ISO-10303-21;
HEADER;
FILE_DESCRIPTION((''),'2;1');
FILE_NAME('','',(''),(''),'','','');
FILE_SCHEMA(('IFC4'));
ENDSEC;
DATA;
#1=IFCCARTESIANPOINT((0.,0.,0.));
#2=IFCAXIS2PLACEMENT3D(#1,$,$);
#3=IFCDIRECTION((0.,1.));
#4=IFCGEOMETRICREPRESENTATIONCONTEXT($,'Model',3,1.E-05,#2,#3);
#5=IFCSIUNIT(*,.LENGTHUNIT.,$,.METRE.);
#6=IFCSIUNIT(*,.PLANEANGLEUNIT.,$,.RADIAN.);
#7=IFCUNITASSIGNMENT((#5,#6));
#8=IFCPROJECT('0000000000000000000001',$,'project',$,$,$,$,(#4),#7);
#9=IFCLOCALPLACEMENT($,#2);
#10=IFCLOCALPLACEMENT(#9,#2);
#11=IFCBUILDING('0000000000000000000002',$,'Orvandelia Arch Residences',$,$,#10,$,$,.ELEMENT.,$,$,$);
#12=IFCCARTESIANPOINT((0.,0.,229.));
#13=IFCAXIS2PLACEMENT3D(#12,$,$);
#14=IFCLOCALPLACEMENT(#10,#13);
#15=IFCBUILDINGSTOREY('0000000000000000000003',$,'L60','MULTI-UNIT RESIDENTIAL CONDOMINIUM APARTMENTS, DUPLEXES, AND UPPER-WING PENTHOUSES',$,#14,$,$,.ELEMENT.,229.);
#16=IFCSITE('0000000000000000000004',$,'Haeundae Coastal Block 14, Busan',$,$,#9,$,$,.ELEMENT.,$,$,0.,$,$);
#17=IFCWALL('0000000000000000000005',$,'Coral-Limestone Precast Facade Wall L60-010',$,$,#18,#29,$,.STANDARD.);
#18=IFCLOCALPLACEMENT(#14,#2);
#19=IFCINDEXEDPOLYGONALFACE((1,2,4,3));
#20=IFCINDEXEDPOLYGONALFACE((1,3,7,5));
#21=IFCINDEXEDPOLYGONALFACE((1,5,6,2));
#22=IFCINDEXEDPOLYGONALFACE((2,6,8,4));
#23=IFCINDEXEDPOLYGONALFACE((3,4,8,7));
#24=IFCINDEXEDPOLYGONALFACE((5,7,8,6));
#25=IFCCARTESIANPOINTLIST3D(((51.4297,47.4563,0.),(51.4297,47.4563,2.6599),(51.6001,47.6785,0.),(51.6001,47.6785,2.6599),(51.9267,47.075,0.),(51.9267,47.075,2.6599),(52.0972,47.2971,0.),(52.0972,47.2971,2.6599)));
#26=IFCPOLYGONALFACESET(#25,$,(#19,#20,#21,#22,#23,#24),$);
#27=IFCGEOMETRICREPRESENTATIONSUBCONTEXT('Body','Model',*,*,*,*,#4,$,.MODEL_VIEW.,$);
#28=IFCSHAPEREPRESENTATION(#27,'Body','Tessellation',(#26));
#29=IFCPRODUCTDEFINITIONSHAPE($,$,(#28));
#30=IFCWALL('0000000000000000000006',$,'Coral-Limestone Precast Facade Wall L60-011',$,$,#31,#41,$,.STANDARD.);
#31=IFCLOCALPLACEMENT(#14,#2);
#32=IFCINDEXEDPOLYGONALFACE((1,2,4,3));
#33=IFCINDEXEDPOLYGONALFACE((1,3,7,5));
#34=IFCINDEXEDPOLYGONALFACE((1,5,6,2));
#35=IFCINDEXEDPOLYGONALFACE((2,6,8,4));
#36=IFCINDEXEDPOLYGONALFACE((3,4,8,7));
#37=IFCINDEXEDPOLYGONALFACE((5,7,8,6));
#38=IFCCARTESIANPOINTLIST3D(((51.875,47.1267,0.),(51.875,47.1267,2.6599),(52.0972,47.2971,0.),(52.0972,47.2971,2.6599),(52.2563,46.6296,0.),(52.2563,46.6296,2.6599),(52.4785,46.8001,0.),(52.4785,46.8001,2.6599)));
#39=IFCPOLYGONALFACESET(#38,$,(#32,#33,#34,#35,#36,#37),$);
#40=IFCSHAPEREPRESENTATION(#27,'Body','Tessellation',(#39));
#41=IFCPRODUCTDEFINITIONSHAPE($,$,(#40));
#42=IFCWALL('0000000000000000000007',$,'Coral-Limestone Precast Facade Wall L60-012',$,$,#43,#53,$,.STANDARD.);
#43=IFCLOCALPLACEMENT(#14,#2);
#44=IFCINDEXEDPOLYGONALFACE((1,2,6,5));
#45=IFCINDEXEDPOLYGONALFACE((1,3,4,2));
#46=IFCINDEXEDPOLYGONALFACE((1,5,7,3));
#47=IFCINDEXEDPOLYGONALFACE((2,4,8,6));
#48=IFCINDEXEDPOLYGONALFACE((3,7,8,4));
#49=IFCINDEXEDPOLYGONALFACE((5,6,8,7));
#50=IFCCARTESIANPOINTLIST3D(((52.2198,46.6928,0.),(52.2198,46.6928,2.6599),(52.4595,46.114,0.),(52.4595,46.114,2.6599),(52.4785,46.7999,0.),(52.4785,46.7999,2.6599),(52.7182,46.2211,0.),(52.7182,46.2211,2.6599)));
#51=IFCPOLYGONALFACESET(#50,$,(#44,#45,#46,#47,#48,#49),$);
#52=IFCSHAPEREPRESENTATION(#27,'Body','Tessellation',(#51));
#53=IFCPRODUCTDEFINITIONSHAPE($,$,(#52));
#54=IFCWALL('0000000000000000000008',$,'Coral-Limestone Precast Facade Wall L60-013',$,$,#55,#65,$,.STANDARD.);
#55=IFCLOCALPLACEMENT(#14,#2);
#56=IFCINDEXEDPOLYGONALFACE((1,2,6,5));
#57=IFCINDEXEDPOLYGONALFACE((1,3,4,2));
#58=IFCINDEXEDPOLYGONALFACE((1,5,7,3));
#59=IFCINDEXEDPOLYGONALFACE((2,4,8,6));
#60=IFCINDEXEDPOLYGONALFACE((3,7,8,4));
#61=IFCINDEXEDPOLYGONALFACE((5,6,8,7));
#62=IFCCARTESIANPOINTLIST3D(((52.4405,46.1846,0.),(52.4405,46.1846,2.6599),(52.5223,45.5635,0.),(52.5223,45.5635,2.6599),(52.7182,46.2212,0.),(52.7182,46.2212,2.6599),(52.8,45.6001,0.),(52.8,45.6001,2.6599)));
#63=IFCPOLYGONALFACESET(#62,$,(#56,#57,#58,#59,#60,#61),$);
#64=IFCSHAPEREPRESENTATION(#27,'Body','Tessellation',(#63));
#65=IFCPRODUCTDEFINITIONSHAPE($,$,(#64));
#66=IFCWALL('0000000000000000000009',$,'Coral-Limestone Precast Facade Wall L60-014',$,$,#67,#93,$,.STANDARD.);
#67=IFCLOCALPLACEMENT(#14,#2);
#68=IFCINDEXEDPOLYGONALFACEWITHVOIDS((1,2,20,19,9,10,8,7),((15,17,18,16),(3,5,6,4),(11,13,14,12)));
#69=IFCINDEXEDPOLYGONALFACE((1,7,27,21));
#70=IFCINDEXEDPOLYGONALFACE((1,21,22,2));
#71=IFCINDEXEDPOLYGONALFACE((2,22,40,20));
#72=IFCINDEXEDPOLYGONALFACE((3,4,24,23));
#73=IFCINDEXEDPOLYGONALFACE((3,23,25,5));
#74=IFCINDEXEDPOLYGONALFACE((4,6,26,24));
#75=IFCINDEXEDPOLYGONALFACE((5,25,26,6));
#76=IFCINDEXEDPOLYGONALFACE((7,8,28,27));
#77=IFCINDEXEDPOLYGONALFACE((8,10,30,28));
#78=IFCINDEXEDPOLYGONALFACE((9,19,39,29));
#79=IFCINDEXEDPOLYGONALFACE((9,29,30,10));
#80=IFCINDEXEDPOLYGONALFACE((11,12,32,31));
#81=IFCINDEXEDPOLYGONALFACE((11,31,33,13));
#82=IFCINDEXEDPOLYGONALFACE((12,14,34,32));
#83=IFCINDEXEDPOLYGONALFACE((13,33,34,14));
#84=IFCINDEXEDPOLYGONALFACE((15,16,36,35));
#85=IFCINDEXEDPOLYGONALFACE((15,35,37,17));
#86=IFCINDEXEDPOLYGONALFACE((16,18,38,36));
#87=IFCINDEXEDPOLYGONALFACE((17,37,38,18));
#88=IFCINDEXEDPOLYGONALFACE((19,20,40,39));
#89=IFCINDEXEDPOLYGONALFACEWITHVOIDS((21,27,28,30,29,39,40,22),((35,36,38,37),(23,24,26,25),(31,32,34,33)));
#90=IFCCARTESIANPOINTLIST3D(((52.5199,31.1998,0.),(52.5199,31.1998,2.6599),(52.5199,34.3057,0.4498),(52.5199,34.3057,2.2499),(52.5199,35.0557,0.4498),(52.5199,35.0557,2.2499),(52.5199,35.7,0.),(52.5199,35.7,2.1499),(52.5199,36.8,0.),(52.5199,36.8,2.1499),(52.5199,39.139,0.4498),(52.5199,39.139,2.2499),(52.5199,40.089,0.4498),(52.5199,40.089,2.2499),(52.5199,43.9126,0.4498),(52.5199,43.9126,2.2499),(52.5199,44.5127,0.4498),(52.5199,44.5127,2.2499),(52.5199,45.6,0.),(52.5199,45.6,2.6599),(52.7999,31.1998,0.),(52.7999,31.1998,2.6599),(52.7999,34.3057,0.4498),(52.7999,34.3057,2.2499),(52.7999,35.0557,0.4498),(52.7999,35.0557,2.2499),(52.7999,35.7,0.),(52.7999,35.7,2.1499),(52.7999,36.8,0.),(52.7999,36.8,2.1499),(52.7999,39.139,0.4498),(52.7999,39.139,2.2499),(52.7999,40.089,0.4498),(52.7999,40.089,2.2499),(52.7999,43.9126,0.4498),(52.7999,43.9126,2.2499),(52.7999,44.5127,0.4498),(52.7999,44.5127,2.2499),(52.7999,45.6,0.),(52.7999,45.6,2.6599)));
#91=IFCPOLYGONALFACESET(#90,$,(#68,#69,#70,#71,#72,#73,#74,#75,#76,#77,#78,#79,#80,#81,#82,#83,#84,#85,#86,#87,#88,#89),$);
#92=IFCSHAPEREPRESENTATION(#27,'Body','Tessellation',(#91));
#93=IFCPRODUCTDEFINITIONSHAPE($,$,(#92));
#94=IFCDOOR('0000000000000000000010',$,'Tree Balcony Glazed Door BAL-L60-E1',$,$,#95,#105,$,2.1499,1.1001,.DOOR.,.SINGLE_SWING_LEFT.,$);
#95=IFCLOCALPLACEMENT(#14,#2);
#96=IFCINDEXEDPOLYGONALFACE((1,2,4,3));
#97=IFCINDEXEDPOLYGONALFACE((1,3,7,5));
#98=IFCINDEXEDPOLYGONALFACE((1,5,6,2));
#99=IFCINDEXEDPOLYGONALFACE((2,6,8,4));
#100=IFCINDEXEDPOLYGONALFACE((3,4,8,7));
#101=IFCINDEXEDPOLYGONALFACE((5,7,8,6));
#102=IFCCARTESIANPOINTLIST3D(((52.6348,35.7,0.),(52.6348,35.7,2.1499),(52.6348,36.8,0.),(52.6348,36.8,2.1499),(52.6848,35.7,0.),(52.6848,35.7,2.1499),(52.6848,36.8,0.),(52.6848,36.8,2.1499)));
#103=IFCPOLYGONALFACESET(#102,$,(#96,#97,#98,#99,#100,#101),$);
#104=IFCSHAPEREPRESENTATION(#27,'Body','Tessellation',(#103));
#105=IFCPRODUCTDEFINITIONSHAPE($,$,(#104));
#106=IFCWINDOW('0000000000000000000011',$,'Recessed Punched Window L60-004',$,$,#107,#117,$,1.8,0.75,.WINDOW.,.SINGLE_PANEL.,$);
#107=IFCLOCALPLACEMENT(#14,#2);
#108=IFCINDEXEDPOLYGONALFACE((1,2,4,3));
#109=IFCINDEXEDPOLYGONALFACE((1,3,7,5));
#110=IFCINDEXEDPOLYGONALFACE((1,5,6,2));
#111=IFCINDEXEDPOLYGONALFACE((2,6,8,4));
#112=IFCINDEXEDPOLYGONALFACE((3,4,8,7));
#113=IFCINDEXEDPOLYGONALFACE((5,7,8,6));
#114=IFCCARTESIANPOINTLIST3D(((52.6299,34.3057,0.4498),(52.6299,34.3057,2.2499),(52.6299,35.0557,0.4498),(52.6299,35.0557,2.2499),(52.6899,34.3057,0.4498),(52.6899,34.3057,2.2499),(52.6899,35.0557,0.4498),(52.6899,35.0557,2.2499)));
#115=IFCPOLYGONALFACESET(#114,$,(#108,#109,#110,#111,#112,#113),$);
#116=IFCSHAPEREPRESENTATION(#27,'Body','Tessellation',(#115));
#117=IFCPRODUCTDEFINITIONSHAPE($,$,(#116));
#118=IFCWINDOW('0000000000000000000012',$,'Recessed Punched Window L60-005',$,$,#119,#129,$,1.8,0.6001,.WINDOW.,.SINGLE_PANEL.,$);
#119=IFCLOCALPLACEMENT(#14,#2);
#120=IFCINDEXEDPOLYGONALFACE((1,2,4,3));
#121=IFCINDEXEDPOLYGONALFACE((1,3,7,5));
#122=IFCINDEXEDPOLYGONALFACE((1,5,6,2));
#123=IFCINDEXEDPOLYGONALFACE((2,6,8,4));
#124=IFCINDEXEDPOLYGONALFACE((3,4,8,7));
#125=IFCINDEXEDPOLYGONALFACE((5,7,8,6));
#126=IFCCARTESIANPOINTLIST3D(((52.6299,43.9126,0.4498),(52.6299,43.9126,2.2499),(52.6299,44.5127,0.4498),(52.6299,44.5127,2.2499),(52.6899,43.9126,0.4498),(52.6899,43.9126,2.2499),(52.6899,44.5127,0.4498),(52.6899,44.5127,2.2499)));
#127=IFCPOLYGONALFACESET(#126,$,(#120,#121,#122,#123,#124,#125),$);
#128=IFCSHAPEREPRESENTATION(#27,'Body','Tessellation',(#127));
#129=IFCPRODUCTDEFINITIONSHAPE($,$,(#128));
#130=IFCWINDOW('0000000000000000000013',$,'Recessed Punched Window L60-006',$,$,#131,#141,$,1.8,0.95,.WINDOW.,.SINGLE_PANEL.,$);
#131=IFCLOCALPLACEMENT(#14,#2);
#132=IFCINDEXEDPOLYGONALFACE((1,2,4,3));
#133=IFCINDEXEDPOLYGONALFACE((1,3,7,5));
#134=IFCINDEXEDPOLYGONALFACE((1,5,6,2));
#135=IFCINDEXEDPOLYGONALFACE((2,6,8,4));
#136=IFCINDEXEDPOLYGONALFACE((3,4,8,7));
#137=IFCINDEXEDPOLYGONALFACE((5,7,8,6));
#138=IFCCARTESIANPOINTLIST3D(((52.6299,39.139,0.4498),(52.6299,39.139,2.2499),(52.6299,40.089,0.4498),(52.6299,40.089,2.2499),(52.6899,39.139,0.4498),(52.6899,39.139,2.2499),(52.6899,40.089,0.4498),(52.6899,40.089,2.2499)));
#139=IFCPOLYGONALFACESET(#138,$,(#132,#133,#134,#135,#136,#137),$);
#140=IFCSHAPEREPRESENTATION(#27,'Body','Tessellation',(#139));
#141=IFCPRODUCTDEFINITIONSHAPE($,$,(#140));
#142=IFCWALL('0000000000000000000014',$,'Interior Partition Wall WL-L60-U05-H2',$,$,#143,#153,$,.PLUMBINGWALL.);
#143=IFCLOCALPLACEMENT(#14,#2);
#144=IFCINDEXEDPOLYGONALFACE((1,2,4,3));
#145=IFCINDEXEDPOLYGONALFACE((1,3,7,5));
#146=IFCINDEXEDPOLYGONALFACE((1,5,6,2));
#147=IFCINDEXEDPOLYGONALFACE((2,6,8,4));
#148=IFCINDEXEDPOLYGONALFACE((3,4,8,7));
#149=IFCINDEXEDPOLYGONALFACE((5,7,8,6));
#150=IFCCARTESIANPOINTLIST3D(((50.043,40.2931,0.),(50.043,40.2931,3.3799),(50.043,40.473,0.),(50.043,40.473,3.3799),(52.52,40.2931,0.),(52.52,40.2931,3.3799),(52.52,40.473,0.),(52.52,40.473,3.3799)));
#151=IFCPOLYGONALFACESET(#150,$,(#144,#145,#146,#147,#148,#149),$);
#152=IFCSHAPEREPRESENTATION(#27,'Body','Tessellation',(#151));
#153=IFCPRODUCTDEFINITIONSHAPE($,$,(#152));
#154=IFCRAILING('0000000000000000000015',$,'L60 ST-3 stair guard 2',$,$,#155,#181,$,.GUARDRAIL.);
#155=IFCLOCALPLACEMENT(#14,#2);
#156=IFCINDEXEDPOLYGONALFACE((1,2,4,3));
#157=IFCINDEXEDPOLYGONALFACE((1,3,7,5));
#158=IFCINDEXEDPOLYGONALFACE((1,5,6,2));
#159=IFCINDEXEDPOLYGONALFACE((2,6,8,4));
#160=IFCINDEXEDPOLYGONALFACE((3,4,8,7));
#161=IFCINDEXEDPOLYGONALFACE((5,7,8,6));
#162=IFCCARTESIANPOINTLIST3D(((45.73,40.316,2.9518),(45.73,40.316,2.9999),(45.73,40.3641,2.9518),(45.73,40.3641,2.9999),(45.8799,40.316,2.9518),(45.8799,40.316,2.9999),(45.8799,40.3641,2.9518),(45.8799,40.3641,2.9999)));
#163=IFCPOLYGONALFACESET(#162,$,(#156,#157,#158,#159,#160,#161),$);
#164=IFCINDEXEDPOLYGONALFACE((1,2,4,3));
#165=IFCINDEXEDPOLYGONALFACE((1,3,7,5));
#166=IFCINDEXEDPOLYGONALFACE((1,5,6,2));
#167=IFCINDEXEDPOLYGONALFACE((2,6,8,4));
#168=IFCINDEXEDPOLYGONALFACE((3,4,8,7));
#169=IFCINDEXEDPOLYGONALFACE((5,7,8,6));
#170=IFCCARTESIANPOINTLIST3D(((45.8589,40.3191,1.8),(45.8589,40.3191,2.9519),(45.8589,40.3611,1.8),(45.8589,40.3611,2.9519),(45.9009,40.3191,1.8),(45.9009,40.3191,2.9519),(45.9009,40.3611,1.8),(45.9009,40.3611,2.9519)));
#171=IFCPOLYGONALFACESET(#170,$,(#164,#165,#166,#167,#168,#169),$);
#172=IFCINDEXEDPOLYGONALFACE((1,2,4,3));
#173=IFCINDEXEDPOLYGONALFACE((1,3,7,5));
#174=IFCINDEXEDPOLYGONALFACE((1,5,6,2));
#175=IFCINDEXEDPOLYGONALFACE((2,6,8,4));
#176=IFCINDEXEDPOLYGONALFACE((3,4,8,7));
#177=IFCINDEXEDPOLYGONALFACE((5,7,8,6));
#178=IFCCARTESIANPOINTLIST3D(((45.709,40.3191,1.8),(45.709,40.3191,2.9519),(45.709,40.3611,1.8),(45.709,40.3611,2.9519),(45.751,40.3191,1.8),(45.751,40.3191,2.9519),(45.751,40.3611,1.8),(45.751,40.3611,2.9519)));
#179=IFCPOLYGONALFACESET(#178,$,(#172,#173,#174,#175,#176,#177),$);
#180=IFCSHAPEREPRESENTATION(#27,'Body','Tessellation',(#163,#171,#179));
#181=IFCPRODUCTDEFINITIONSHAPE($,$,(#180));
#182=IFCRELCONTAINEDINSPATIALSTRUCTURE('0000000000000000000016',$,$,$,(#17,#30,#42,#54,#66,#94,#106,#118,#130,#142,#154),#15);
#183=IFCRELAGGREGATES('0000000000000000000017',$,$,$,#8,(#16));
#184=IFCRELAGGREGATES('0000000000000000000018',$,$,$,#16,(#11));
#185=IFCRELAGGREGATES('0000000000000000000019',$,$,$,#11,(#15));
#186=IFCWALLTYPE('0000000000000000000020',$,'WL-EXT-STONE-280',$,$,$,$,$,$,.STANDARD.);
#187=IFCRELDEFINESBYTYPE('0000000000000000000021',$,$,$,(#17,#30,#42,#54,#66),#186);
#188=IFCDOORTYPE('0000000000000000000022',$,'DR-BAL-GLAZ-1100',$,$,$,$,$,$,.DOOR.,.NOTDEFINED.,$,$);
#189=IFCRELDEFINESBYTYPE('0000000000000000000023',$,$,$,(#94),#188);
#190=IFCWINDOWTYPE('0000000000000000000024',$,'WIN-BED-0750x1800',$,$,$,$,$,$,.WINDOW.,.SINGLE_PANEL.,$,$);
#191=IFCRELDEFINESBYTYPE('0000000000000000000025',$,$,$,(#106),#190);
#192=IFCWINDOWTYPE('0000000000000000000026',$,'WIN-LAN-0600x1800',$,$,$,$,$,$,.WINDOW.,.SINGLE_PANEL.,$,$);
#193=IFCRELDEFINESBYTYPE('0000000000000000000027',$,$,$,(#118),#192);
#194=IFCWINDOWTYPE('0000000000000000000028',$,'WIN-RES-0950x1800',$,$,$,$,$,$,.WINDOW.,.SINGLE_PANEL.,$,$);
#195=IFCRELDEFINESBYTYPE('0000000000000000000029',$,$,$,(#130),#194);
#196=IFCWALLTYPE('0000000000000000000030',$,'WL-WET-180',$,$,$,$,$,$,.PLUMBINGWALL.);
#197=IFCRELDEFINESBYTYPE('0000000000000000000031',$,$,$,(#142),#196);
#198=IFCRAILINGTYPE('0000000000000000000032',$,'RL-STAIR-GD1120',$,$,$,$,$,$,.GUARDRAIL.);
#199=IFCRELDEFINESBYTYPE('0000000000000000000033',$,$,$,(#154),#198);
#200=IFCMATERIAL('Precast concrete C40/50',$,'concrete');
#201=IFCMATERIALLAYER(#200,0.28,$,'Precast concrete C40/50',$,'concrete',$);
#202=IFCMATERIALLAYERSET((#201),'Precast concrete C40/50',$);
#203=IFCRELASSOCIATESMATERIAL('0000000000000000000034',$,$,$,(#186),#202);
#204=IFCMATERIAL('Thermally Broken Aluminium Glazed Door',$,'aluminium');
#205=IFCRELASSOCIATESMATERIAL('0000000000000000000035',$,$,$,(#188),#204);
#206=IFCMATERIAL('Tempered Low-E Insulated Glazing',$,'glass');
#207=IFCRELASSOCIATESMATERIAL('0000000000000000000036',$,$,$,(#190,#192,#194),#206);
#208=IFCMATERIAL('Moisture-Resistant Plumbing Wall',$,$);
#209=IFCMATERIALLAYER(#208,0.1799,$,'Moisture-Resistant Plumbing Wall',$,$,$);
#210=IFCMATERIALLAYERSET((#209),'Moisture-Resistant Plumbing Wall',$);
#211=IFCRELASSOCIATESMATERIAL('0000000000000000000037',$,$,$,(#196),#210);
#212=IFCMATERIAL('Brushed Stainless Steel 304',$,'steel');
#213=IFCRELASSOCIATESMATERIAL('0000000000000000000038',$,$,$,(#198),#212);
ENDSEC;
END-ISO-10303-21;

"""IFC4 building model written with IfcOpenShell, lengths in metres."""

from ifc_helpers import new_model, si_unit, direction, frame, frame_2d, origin, origin_2d, place, context, subcontext, project, spatial, rectangle, extrude, material, layer, layer_set, type_object, element, fill, save


model = new_model("IFC4")

# Units and contexts
model_context = context("Model", 3, precision=1e-05, world=origin(), true_north=direction((0.0, 1.0)))
body_context = subcontext(model_context, "Body", "Model", "MODEL_VIEW")
ifc_project = project(units=[si_unit("LENGTHUNIT", "METRE"), si_unit("PLANEANGLEUNIT", "RADIAN")], contexts=[model_context])

# Site, building, storey
site_placement = place(None, origin())
site = spatial("IfcSite", under=ifc_project, at=site_placement, Name="Haeundae Coastal Block 14, Busan", CompositionType="ELEMENT", RefElevation=0.0)
building_placement = place(site_placement, origin())
building = spatial("IfcBuilding", under=site, at=building_placement, Name="Orvandelia Arch Residences", CompositionType="ELEMENT")
storey_placement = place(building_placement, frame((0.0, 0.0, 229.0)))
storey = spatial("IfcBuildingStorey", under=building, at=storey_placement, Name="L60", Description="MULTI-UNIT RESIDENTIAL CONDOMINIUM APARTMENTS, DUPLEXES, AND UPPER-WING PENTHOUSES", CompositionType="ELEMENT", Elevation=229.0)

# Walls
ifc_material_1 = material(Name="Precast concrete C40/50", Category="concrete")
ifc_layer_1 = layer(ifc_material_1, 0.28, Name="Precast concrete C40/50", Category="concrete")
ifc_layer_set_1 = layer_set([ifc_layer_1], Name="Precast concrete C40/50")
wall_type_1 = type_object("IfcWallType", Name="WL-EXT-STONE-280", PredefinedType="STANDARD", material=ifc_layer_set_1)
for number, where, z_axis, x_axis, name in (
    (1, (51.5149, 47.5674, 0.0), (0.0, 0.0, 1.0), (0.793406, -0.608693, 0.0), "Coral-Limestone Precast Facade Wall L60-010"),
    (2, (51.9861, 47.2119, 0.0), (0.0, 0.0, 1.0), (0.608693, -0.793406, 0.0), "Coral-Limestone Precast Facade Wall L60-011"),
    (3, (52.3491, 46.7463, 0.0), (0.0, 0.0, 1.0), (0.38265, -0.923893, 0.0), "Coral-Limestone Precast Facade Wall L60-012"),
    (4, (52.5793, 46.2029, 0.0), (0.0, 0.0, 1.0), (0.130555, -0.991441, 0.0), "Coral-Limestone Precast Facade Wall L60-013"),
):
    element("IfcWall", number, at=place(storey_placement, frame(where, z_axis=z_axis, x_axis=x_axis)), inside=storey, type_object=wall_type_1, Name=name, PredefinedType="STANDARD", context=body_context, shape_type="SweptSolid", body=[
        extrude(rectangle(XDim=0.6265, YDim=0.28, at=frame_2d((0.3132, 0.0))), origin(), (0.0, 0.0, 1.0), 2.6599),
    ])

# Wall, openings, door, windows
wall_1_placement = place(storey_placement, frame((52.6599, 45.6001, 0.0), z_axis=(0.0, 0.0, 1.0), x_axis=(0.0, -1.0, 0.0)))
wall_1 = element("IfcWall", 5, at=wall_1_placement, inside=storey, type_object=wall_type_1, Name="Coral-Limestone Precast Facade Wall L60-014", PredefinedType="STANDARD", context=body_context, shape_type="SweptSolid", body=[
    extrude(rectangle(XDim=14.4001, YDim=0.28, at=frame_2d((7.2002, 0.0))), origin(), (0.0, 0.0, 1.0), 2.6599),
])
opening_1_placement = place(wall_1_placement, frame((8.8, 0.0, 0.0)))
opening_1 = element("IfcOpeningElement", 6, at=opening_1_placement, cuts=wall_1, PredefinedType="OPENING", context=body_context, shape_type="SweptSolid", body=[
    extrude(rectangle(XDim=1.1001, YDim=2.1499, at=frame_2d((0.55, 1.075))), frame((0.0, 0.1499, 0.0), z_axis=(0.0, -1.0, 0.0), x_axis=(1.0, 0.0, 0.0)), (0.0, 0.0, 1.0), 0.3),
])
opening_2_placement = place(wall_1_placement, frame((10.5444, 0.0, 0.45)))
opening_2 = element("IfcOpeningElement", 7, at=opening_2_placement, cuts=wall_1, PredefinedType="OPENING", context=body_context, shape_type="SweptSolid", body=[
    extrude(rectangle(XDim=0.75, YDim=1.8, at=frame_2d((0.375, 0.8999))), frame((0.0, 0.1499, 0.0), z_axis=(0.0, -1.0, 0.0), x_axis=(1.0, 0.0, 0.0)), (0.0, 0.0, 1.0), 0.3),
])
opening_3_placement = place(wall_1_placement, frame((1.0874, 0.0, 0.45)))
opening_3 = element("IfcOpeningElement", 8, at=opening_3_placement, cuts=wall_1, PredefinedType="OPENING", context=body_context, shape_type="SweptSolid", body=[
    extrude(rectangle(XDim=0.6001, YDim=1.8, at=frame_2d((0.3, 0.8999))), frame((0.0, 0.1499, 0.0), z_axis=(0.0, -1.0, 0.0), x_axis=(1.0, 0.0, 0.0)), (0.0, 0.0, 1.0), 0.3),
])
opening_4_placement = place(wall_1_placement, frame((5.511, 0.0, 0.45)))
opening_4 = element("IfcOpeningElement", 9, at=opening_4_placement, cuts=wall_1, PredefinedType="OPENING", context=body_context, shape_type="SweptSolid", body=[
    extrude(rectangle(XDim=0.95, YDim=1.8, at=frame_2d((0.4751, 0.8999))), frame((0.0, 0.1499, 0.0), z_axis=(0.0, -1.0, 0.0), x_axis=(1.0, 0.0, 0.0)), (0.0, 0.0, 1.0), 0.3),
])
ifc_material_2 = material(Name="Thermally Broken Aluminium Glazed Door", Category="aluminium")
door_type_1 = type_object("IfcDoorType", Name="DR-BAL-GLAZ-1100", OperationType="NOTDEFINED", PredefinedType="DOOR", material=ifc_material_2)
door_1_placement = place(opening_1_placement, origin())
door_1 = element("IfcDoor", 10, at=door_1_placement, inside=storey, type_object=door_type_1, Name="Tree Balcony Glazed Door BAL-L60-E1", OperationType="SINGLE_SWING_LEFT", OverallHeight=2.1499, OverallWidth=1.1001, PredefinedType="DOOR", context=body_context, shape_type="SweptSolid", body=[
    extrude(rectangle(XDim=1.1001, YDim=2.1499, at=frame_2d((0.55, 1.075))), frame((0.0, 0.0249, 0.0), z_axis=(0.0, -1.0, 0.0), x_axis=(1.0, 0.0, 0.0)), (0.0, 0.0, 1.0), 0.05),
])
fill(opening_1, door_1)
ifc_material_3 = material(Name="Tempered Low-E Insulated Glazing", Category="glass")
window_type_1 = type_object("IfcWindowType", Name="WIN-BED-0750x1800", PartitioningType="SINGLE_PANEL", PredefinedType="WINDOW", material=ifc_material_3)
window_1_placement = place(opening_2_placement, origin())
window_1 = element("IfcWindow", 11, at=window_1_placement, inside=storey, type_object=window_type_1, Name="Recessed Punched Window L60-004", OverallHeight=1.8, OverallWidth=0.75, PartitioningType="SINGLE_PANEL", PredefinedType="WINDOW", context=body_context, shape_type="SweptSolid", body=[
    extrude(rectangle(XDim=0.75, YDim=1.8, at=frame_2d((0.375, 0.8999))), frame((0.0, 0.03, 0.0), z_axis=(0.0, -1.0, 0.0), x_axis=(1.0, 0.0, 0.0)), (0.0, 0.0, 1.0), 0.0601),
])
fill(opening_2, window_1)
window_type_2 = type_object("IfcWindowType", Name="WIN-LAN-0600x1800", PartitioningType="SINGLE_PANEL", PredefinedType="WINDOW", material=ifc_material_3)
window_2_placement = place(opening_3_placement, origin())
window_2 = element("IfcWindow", 12, at=window_2_placement, inside=storey, type_object=window_type_2, Name="Recessed Punched Window L60-005", OverallHeight=1.8, OverallWidth=0.6001, PartitioningType="SINGLE_PANEL", PredefinedType="WINDOW", context=body_context, shape_type="SweptSolid", body=[
    extrude(rectangle(XDim=0.6001, YDim=1.8, at=frame_2d((0.3, 0.8999))), frame((0.0, 0.03, 0.0), z_axis=(0.0, -1.0, 0.0), x_axis=(1.0, 0.0, 0.0)), (0.0, 0.0, 1.0), 0.0601),
])
fill(opening_3, window_2)
window_type_3 = type_object("IfcWindowType", Name="WIN-RES-0950x1800", PartitioningType="SINGLE_PANEL", PredefinedType="WINDOW", material=ifc_material_3)
window_3_placement = place(opening_4_placement, origin())
window_3 = element("IfcWindow", 13, at=window_3_placement, inside=storey, type_object=window_type_3, Name="Recessed Punched Window L60-006", OverallHeight=1.8, OverallWidth=0.95, PartitioningType="SINGLE_PANEL", PredefinedType="WINDOW", context=body_context, shape_type="SweptSolid", body=[
    extrude(rectangle(XDim=0.95, YDim=1.8, at=frame_2d((0.4751, 0.8999))), frame((0.0, 0.03, 0.0), z_axis=(0.0, -1.0, 0.0), x_axis=(1.0, 0.0, 0.0)), (0.0, 0.0, 1.0), 0.0601),
])
fill(opening_4, window_3)

# Wall
ifc_material_4 = material(Name="Moisture-Resistant Plumbing Wall")
ifc_layer_2 = layer(ifc_material_4, 0.1799, Name="Moisture-Resistant Plumbing Wall")
ifc_layer_set_2 = layer_set([ifc_layer_2], Name="Moisture-Resistant Plumbing Wall")
wall_type_2 = type_object("IfcWallType", Name="WL-WET-180", PredefinedType="PLUMBINGWALL", material=ifc_layer_set_2)
wall_2_placement = place(storey_placement, frame((50.043, 40.3831, 0.0), z_axis=(0.0, 0.0, 1.0), x_axis=(1.0, 0.0, 0.0)))
element("IfcWall", 14, at=wall_2_placement, inside=storey, type_object=wall_type_2, Name="Interior Partition Wall WL-L60-U05-H2", PredefinedType="PLUMBINGWALL", context=body_context, shape_type="SweptSolid", body=[
    extrude(rectangle(XDim=2.4771, YDim=0.1799, at=frame_2d((1.2385, 0.0))), origin(), (0.0, 0.0, 1.0), 3.3799),
])

# Railing
ifc_material_5 = material(Name="Brushed Stainless Steel 304", Category="steel")
railing_type = type_object("IfcRailingType", Name="RL-STAIR-GD1120", PredefinedType="GUARDRAIL", material=ifc_material_5)
railing_1_placement = place(storey_placement, frame((45.8799, 40.3401, 1.8)))
element("IfcRailing", 15, at=railing_1_placement, inside=storey, type_object=railing_type, Name="L60 ST-3 stair guard 2", PredefinedType="GUARDRAIL", context=body_context, shape_type="SweptSolid", body=[
    extrude(rectangle(XDim=0.0481, YDim=0.0481, at=origin_2d()), frame((0.0, 0.0, 1.1758), z_axis=(-1.0, 0.0, 0.0), x_axis=(0.0, -1.0, 0.0)), (0.0, 0.0, 1.0), 0.1499),
    extrude(rectangle(XDim=0.042, YDim=0.042, at=origin_2d()), origin(), (0.0, 0.0, 1.0), 1.1519),
    extrude(rectangle(XDim=0.042, YDim=0.042, at=origin_2d()), frame((-0.1499, 0.0, 0.0)), (0.0, 0.0, 1.0), 1.1519),
])

save(model, "model.ifc")
